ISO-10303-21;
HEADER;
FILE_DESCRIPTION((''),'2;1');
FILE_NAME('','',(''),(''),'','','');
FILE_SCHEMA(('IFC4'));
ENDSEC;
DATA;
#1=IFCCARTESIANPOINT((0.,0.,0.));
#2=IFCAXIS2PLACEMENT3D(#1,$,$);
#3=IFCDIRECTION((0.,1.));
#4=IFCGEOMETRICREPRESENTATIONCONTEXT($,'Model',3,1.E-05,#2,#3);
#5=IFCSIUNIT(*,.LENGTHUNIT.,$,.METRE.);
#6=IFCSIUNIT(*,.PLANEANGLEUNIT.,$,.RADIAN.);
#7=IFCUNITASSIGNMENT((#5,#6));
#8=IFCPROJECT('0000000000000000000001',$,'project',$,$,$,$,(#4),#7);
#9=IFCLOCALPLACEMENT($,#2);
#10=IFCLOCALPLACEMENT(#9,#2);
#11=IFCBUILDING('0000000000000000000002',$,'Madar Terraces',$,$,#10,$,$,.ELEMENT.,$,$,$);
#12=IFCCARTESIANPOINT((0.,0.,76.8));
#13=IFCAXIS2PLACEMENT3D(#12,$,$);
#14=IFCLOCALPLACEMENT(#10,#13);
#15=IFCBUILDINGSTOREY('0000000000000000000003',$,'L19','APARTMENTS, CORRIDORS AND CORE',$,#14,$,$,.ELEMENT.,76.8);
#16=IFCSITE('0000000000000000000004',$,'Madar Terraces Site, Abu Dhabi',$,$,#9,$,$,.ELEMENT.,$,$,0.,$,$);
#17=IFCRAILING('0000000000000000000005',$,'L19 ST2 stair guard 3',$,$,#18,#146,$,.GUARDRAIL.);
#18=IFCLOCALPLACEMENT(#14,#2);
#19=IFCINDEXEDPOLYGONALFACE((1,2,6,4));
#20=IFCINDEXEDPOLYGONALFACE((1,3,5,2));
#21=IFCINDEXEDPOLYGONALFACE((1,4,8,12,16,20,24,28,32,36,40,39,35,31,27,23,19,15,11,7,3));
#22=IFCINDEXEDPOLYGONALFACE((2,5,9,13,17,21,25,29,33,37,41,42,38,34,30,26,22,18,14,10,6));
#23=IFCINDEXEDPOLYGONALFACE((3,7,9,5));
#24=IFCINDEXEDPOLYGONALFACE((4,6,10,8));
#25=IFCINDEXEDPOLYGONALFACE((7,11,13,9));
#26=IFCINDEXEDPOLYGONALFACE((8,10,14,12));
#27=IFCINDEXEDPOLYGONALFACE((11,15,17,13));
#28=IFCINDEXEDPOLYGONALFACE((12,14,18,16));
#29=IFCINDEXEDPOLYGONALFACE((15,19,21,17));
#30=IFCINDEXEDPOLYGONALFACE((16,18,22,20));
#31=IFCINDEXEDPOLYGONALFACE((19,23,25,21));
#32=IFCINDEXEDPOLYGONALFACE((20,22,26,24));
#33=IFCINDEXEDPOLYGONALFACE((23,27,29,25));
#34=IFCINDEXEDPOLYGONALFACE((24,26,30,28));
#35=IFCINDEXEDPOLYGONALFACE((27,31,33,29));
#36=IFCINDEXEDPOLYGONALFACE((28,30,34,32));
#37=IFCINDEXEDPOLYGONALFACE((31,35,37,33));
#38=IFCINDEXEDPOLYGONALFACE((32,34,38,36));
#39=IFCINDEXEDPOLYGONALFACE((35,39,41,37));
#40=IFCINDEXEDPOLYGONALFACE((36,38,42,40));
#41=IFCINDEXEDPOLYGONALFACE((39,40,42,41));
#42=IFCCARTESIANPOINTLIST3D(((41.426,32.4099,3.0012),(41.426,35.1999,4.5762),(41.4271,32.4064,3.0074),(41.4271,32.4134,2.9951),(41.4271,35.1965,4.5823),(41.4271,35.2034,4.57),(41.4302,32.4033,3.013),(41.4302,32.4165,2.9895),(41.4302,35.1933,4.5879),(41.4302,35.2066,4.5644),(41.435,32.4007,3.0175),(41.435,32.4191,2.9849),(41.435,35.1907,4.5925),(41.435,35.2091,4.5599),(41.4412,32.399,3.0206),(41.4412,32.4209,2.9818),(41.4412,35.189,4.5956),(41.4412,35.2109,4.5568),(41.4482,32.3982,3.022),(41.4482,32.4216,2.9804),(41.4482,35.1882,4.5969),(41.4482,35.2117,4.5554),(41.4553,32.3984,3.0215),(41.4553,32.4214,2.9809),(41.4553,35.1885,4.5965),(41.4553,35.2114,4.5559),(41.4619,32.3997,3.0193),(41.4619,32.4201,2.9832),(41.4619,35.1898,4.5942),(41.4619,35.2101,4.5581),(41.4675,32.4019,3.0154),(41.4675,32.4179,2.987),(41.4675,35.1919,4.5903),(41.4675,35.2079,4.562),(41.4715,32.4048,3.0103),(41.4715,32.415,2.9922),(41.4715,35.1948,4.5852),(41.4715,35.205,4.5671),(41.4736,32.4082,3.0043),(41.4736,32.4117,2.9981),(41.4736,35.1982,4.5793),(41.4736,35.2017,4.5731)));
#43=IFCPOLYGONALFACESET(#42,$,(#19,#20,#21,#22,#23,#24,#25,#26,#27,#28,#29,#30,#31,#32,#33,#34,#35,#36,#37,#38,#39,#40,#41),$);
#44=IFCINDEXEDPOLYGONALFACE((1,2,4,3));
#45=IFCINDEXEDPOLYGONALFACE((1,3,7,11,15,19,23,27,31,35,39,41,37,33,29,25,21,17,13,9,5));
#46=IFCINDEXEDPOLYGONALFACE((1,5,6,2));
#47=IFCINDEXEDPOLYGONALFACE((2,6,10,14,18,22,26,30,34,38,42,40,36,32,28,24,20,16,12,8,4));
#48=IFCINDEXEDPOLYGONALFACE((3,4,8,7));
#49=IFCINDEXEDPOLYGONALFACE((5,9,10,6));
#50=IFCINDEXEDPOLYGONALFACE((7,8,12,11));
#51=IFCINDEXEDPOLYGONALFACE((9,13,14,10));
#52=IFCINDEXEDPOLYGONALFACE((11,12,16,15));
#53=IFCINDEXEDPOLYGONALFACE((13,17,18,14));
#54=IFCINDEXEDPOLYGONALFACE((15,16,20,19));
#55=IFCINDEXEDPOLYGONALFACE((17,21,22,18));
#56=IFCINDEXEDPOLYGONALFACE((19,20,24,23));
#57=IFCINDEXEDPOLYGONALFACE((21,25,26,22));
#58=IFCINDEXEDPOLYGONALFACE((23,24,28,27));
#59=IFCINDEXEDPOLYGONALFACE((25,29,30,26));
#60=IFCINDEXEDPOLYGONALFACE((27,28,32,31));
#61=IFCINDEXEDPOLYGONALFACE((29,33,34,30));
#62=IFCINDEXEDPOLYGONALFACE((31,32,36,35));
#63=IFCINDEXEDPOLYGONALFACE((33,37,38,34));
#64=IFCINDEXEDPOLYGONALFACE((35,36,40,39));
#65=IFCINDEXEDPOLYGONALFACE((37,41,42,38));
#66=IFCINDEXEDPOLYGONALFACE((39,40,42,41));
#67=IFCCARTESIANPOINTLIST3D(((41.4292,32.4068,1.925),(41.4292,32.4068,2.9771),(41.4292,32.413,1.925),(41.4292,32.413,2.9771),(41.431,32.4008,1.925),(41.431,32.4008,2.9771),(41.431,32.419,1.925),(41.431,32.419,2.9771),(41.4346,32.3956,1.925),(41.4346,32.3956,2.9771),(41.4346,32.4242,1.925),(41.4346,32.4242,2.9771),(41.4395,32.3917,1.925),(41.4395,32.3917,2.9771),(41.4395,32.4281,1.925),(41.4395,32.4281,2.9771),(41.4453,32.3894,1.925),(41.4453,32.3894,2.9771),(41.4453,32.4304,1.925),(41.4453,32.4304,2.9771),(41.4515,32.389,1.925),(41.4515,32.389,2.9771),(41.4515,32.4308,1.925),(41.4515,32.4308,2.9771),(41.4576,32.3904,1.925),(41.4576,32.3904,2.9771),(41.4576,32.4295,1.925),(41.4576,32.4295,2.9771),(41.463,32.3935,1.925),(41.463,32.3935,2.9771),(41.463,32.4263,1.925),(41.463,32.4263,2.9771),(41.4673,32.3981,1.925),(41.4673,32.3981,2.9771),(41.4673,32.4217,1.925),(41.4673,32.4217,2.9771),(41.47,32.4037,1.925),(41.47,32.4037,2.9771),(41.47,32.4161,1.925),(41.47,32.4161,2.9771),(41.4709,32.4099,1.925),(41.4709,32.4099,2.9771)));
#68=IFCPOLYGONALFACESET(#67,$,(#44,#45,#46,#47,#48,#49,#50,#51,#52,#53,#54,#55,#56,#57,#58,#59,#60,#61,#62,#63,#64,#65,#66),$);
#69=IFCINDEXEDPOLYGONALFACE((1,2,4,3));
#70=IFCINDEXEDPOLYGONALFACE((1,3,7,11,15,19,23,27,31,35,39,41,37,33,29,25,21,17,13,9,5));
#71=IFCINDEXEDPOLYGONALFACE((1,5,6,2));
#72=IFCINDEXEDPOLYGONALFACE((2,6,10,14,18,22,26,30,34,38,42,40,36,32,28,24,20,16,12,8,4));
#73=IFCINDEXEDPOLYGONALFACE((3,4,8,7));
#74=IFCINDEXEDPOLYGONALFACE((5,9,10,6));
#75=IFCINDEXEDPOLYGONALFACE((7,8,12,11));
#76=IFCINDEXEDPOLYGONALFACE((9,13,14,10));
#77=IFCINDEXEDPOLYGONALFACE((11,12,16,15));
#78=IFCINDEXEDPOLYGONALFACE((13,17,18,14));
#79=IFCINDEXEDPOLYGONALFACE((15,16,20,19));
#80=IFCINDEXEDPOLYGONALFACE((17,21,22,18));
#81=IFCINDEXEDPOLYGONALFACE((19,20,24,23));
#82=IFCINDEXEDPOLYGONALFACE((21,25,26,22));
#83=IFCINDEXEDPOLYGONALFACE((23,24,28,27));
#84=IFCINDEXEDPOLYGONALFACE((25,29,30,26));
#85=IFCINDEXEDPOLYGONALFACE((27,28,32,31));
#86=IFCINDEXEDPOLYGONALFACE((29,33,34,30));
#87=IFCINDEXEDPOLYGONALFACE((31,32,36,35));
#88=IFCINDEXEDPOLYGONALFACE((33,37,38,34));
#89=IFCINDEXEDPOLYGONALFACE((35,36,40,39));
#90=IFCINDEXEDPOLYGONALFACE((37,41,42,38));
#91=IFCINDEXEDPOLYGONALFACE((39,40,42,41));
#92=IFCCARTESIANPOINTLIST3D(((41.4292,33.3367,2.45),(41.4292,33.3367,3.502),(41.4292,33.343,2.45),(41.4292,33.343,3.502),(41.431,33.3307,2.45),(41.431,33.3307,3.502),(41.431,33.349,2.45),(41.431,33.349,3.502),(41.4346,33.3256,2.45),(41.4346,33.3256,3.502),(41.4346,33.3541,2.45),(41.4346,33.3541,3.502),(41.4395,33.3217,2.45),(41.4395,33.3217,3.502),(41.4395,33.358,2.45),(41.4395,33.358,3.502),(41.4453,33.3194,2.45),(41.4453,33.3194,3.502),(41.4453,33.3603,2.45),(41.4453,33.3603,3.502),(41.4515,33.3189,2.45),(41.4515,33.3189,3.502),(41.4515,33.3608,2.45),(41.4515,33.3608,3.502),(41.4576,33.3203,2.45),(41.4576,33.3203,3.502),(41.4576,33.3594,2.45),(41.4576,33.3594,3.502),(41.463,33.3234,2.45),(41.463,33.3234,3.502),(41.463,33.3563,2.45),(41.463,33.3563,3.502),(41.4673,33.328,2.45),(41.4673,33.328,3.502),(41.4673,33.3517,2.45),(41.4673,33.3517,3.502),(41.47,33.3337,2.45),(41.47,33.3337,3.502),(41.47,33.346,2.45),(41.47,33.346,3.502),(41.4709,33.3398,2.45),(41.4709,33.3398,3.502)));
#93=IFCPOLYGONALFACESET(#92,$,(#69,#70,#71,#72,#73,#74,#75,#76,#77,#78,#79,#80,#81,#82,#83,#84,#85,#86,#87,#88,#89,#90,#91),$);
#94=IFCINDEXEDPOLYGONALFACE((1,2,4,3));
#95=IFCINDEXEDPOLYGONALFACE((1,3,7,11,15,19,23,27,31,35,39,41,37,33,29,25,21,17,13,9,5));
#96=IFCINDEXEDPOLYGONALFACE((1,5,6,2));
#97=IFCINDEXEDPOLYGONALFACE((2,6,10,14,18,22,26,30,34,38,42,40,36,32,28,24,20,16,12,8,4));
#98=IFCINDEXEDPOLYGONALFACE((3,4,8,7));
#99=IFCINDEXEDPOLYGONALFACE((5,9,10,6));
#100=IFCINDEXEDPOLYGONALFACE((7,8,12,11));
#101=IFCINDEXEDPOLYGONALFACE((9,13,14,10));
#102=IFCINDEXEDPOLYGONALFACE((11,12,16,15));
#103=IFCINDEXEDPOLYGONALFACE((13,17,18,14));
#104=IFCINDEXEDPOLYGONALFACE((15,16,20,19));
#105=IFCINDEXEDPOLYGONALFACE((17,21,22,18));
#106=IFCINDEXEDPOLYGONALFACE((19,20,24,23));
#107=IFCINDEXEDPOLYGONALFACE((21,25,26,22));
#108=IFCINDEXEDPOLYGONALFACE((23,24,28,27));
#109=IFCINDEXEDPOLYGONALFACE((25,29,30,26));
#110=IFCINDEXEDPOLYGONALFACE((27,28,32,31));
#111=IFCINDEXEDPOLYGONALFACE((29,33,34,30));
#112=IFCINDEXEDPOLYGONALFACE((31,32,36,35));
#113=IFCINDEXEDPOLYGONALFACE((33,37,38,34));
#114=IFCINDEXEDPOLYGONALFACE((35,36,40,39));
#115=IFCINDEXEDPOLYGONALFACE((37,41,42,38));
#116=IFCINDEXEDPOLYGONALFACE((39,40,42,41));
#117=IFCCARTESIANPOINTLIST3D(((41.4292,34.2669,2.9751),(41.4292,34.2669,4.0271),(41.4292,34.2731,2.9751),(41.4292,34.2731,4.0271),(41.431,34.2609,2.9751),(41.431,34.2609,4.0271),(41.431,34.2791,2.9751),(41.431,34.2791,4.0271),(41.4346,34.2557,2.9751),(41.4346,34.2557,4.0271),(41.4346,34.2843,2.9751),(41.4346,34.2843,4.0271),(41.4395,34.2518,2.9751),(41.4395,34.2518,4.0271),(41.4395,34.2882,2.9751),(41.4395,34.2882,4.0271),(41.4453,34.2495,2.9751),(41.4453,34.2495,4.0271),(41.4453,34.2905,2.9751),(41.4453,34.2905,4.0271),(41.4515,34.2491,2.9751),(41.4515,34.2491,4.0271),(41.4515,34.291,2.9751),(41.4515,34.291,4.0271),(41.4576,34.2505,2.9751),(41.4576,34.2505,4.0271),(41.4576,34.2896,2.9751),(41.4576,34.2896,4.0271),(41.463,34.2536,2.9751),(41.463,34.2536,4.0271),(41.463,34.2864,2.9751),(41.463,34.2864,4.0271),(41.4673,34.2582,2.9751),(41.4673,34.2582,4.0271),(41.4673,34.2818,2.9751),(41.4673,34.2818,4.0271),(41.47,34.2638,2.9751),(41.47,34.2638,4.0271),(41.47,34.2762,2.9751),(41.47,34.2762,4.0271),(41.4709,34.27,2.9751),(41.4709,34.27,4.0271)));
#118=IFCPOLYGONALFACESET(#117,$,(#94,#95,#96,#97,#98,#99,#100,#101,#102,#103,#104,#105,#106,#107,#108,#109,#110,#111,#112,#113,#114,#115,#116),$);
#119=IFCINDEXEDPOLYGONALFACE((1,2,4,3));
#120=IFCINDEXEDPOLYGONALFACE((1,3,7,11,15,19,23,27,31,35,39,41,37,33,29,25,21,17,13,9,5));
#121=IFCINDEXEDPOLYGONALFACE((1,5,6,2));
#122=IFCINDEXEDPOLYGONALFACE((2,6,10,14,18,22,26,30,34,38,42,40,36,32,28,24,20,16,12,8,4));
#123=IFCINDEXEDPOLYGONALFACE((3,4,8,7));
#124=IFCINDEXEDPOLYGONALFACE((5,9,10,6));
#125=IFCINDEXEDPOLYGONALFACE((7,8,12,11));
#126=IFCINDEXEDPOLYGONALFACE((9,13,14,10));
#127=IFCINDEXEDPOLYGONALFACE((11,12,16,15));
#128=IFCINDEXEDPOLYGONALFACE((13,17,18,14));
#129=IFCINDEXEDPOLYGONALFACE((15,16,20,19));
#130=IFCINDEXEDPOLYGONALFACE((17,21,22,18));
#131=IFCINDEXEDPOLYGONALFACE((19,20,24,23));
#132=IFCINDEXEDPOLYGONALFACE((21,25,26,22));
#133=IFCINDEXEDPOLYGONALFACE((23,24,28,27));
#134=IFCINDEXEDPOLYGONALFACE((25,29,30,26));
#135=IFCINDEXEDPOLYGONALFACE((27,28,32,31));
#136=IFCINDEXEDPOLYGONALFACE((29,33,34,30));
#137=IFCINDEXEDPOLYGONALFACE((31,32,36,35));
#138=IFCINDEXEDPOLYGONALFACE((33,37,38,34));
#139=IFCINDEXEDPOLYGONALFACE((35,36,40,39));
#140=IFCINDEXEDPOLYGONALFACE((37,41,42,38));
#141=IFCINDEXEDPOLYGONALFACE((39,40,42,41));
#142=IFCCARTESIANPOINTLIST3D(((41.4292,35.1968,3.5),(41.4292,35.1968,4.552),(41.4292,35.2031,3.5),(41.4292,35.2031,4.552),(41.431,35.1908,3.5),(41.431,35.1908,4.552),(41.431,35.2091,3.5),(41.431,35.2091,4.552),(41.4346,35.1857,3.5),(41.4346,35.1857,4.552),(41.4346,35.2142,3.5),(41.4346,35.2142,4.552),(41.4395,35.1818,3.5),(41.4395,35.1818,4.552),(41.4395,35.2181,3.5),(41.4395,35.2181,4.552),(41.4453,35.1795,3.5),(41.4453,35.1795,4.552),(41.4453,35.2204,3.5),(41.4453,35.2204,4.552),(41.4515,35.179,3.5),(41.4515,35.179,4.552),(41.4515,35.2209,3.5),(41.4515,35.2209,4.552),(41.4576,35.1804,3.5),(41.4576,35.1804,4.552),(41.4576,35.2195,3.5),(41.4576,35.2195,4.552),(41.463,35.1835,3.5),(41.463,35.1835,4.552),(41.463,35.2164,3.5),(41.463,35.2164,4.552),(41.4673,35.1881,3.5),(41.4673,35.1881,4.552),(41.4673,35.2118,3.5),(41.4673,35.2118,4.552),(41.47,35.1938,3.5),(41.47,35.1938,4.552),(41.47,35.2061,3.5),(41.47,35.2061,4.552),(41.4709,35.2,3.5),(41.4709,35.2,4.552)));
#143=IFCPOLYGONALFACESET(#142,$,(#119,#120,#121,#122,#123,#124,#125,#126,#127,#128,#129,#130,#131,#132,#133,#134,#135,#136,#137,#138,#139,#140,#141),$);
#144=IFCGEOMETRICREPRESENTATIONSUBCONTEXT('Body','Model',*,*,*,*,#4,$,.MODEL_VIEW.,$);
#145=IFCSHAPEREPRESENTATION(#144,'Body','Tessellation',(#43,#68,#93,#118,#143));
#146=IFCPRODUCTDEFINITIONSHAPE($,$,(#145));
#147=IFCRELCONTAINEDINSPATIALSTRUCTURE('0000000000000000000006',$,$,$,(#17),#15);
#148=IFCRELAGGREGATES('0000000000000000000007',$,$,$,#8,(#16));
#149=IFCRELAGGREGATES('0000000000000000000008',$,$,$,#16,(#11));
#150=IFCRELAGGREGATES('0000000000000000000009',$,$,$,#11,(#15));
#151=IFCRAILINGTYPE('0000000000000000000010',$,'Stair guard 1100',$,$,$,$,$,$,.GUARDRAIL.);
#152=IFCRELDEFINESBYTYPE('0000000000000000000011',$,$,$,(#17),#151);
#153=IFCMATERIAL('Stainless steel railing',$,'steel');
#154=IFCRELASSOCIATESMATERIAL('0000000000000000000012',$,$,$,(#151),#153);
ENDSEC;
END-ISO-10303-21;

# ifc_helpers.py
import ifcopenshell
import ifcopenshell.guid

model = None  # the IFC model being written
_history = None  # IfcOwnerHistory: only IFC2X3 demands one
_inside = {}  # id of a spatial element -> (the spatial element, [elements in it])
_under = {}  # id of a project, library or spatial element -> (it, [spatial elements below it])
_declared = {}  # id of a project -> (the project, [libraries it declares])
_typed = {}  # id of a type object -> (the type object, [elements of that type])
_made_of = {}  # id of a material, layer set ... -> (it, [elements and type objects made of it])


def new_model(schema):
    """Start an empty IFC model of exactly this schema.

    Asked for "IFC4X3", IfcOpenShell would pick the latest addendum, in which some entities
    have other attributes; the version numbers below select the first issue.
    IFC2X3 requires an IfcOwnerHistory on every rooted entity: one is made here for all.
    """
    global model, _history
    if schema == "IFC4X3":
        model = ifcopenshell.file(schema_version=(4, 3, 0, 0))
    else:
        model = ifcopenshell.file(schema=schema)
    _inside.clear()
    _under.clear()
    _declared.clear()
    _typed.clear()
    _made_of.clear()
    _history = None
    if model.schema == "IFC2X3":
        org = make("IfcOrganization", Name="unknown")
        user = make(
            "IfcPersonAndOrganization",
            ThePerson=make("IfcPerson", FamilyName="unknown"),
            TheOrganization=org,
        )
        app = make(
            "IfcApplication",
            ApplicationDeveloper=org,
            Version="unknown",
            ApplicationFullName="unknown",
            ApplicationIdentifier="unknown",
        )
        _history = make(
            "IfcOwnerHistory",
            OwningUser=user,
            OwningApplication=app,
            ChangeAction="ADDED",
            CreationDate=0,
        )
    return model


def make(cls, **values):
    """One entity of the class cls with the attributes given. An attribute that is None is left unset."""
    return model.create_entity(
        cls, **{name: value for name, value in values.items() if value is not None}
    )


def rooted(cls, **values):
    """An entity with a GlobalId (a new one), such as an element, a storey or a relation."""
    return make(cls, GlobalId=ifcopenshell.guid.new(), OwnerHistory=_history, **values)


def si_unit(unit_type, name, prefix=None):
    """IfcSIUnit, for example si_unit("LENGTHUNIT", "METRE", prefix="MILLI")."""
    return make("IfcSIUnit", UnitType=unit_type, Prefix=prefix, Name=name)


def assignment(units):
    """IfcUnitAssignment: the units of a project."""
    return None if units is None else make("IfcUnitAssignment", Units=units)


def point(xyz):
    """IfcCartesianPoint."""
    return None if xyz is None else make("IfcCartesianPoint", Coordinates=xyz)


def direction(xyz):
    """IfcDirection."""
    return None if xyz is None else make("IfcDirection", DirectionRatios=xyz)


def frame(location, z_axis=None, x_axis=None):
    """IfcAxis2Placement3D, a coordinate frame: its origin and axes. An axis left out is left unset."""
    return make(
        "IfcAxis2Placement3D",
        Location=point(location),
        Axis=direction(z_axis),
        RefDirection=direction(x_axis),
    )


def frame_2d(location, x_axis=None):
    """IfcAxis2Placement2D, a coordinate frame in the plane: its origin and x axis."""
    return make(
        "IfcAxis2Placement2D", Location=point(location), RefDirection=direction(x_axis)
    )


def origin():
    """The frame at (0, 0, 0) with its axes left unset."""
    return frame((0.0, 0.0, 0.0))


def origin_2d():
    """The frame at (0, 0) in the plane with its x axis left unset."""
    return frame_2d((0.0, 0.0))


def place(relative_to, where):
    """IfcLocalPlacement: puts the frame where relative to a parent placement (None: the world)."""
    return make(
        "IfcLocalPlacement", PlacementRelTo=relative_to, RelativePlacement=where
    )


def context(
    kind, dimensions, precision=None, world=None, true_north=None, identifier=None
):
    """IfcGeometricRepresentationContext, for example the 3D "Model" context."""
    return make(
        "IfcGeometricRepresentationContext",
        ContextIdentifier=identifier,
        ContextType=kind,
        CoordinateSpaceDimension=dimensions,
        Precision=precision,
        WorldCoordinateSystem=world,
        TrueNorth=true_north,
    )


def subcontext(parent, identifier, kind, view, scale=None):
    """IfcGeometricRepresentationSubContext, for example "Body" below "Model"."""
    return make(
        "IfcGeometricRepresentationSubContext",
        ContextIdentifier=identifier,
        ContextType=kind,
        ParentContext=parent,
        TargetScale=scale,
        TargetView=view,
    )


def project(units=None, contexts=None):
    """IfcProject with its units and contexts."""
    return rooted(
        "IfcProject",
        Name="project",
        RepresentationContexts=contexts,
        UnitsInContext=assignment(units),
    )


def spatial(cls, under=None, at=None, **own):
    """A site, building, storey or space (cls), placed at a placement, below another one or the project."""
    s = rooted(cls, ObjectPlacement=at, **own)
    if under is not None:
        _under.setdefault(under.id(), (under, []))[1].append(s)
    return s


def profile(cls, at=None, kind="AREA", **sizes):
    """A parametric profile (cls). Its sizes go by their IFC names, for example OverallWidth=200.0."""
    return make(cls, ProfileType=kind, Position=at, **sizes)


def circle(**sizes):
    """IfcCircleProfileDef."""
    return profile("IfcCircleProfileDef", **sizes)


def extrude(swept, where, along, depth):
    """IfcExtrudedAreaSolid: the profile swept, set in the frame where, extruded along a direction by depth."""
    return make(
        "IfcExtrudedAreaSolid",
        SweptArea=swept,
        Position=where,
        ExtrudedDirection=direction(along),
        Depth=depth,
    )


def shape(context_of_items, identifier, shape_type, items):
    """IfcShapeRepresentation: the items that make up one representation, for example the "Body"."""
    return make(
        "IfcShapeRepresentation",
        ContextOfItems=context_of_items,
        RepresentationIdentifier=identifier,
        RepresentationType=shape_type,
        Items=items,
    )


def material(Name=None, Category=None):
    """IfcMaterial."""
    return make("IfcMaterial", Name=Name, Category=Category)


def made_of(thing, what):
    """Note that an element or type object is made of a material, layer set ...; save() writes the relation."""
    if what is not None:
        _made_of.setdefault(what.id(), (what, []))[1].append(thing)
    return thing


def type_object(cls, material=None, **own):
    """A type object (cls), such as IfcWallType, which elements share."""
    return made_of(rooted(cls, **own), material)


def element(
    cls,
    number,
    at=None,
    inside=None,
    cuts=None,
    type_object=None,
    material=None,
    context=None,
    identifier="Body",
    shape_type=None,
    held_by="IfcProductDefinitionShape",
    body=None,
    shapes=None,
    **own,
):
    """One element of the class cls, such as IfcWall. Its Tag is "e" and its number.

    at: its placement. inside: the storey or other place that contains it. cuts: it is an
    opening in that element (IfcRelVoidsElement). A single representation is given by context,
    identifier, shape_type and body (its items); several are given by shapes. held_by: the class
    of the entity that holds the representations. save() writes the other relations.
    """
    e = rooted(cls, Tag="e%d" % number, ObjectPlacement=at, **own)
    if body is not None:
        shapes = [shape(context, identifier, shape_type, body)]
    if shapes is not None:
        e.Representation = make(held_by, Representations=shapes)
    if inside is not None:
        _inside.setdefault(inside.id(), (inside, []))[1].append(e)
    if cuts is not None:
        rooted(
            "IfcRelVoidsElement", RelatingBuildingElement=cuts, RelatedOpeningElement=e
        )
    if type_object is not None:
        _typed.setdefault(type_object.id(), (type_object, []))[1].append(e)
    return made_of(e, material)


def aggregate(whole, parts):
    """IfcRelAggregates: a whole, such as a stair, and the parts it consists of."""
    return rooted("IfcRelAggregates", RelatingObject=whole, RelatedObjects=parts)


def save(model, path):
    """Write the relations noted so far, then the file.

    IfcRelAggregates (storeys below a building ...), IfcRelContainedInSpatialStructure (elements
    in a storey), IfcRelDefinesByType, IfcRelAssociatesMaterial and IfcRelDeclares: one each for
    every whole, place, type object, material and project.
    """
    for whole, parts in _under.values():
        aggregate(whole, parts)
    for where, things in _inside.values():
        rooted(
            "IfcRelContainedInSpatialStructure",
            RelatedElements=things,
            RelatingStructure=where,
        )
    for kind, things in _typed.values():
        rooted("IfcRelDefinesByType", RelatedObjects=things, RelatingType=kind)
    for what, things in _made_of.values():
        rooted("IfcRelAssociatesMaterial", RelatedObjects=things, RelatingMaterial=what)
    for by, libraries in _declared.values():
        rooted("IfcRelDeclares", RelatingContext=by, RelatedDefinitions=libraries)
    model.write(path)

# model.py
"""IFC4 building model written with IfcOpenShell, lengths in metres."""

from ifc_helpers import new_model, si_unit, direction, frame, origin, origin_2d, place, context, subcontext, project, spatial, circle, extrude, material, type_object, element, save


model = new_model("IFC4")

# Units and contexts
model_context = context("Model", 3, precision=1e-05, world=origin(), true_north=direction((0.0, 1.0)))
body_context = subcontext(model_context, "Body", "Model", "MODEL_VIEW")
ifc_project = project(units=[si_unit("LENGTHUNIT", "METRE"), si_unit("PLANEANGLEUNIT", "RADIAN")], contexts=[model_context])

# Site, building, storey
site_placement = place(None, origin())
site = spatial("IfcSite", under=ifc_project, at=site_placement, Name="Madar Terraces Site, Abu Dhabi", CompositionType="ELEMENT", RefElevation=0.0)
building_placement = place(site_placement, origin())
building = spatial("IfcBuilding", under=site, at=building_placement, Name="Madar Terraces", CompositionType="ELEMENT")
storey_placement = place(building_placement, frame((0.0, 0.0, 76.8)))
storey = spatial("IfcBuildingStorey", under=building, at=storey_placement, Name="L19", Description="APARTMENTS, CORRIDORS AND CORE", CompositionType="ELEMENT", Elevation=76.8)

# Railing
ifc_material_1 = material(Name="Stainless steel railing", Category="steel")
railing_type_1 = type_object("IfcRailingType", Name="Stair guard 1100", PredefinedType="GUARDRAIL", material=ifc_material_1)
railing_1_placement = place(storey_placement, frame((41.45, 32.4099, 1.925)))
element("IfcRailing", 1, at=railing_1_placement, inside=storey, type_object=railing_type_1, Name="L19 ST2 stair guard 3", PredefinedType="GUARDRAIL", context=body_context, shape_type="SweptSolid", body=[
    extrude(circle(Radius=0.0239, at=origin_2d()), frame((0.0, 0.0, 1.0762), z_axis=(0.0, 0.870834, 0.491578), x_axis=(-1.0, 0.0, 0.0)), (0.0, 0.0, 1.0), 3.2039),
    extrude(circle(Radius=0.021, at=origin_2d()), origin(), (0.0, 0.0, 1.0), 1.052),
    extrude(circle(Radius=0.021, at=origin_2d()), frame((0.0, 0.9299, 0.5249)), (0.0, 0.0, 1.0), 1.052),
    extrude(circle(Radius=0.021, at=origin_2d()), frame((0.0, 1.8601, 1.05)), (0.0, 0.0, 1.0), 1.052),
    extrude(circle(Radius=0.021, at=origin_2d()), frame((0.0, 2.79, 1.575)), (0.0, 0.0, 1.0), 1.052),
])

save(model, "model.ifc")
